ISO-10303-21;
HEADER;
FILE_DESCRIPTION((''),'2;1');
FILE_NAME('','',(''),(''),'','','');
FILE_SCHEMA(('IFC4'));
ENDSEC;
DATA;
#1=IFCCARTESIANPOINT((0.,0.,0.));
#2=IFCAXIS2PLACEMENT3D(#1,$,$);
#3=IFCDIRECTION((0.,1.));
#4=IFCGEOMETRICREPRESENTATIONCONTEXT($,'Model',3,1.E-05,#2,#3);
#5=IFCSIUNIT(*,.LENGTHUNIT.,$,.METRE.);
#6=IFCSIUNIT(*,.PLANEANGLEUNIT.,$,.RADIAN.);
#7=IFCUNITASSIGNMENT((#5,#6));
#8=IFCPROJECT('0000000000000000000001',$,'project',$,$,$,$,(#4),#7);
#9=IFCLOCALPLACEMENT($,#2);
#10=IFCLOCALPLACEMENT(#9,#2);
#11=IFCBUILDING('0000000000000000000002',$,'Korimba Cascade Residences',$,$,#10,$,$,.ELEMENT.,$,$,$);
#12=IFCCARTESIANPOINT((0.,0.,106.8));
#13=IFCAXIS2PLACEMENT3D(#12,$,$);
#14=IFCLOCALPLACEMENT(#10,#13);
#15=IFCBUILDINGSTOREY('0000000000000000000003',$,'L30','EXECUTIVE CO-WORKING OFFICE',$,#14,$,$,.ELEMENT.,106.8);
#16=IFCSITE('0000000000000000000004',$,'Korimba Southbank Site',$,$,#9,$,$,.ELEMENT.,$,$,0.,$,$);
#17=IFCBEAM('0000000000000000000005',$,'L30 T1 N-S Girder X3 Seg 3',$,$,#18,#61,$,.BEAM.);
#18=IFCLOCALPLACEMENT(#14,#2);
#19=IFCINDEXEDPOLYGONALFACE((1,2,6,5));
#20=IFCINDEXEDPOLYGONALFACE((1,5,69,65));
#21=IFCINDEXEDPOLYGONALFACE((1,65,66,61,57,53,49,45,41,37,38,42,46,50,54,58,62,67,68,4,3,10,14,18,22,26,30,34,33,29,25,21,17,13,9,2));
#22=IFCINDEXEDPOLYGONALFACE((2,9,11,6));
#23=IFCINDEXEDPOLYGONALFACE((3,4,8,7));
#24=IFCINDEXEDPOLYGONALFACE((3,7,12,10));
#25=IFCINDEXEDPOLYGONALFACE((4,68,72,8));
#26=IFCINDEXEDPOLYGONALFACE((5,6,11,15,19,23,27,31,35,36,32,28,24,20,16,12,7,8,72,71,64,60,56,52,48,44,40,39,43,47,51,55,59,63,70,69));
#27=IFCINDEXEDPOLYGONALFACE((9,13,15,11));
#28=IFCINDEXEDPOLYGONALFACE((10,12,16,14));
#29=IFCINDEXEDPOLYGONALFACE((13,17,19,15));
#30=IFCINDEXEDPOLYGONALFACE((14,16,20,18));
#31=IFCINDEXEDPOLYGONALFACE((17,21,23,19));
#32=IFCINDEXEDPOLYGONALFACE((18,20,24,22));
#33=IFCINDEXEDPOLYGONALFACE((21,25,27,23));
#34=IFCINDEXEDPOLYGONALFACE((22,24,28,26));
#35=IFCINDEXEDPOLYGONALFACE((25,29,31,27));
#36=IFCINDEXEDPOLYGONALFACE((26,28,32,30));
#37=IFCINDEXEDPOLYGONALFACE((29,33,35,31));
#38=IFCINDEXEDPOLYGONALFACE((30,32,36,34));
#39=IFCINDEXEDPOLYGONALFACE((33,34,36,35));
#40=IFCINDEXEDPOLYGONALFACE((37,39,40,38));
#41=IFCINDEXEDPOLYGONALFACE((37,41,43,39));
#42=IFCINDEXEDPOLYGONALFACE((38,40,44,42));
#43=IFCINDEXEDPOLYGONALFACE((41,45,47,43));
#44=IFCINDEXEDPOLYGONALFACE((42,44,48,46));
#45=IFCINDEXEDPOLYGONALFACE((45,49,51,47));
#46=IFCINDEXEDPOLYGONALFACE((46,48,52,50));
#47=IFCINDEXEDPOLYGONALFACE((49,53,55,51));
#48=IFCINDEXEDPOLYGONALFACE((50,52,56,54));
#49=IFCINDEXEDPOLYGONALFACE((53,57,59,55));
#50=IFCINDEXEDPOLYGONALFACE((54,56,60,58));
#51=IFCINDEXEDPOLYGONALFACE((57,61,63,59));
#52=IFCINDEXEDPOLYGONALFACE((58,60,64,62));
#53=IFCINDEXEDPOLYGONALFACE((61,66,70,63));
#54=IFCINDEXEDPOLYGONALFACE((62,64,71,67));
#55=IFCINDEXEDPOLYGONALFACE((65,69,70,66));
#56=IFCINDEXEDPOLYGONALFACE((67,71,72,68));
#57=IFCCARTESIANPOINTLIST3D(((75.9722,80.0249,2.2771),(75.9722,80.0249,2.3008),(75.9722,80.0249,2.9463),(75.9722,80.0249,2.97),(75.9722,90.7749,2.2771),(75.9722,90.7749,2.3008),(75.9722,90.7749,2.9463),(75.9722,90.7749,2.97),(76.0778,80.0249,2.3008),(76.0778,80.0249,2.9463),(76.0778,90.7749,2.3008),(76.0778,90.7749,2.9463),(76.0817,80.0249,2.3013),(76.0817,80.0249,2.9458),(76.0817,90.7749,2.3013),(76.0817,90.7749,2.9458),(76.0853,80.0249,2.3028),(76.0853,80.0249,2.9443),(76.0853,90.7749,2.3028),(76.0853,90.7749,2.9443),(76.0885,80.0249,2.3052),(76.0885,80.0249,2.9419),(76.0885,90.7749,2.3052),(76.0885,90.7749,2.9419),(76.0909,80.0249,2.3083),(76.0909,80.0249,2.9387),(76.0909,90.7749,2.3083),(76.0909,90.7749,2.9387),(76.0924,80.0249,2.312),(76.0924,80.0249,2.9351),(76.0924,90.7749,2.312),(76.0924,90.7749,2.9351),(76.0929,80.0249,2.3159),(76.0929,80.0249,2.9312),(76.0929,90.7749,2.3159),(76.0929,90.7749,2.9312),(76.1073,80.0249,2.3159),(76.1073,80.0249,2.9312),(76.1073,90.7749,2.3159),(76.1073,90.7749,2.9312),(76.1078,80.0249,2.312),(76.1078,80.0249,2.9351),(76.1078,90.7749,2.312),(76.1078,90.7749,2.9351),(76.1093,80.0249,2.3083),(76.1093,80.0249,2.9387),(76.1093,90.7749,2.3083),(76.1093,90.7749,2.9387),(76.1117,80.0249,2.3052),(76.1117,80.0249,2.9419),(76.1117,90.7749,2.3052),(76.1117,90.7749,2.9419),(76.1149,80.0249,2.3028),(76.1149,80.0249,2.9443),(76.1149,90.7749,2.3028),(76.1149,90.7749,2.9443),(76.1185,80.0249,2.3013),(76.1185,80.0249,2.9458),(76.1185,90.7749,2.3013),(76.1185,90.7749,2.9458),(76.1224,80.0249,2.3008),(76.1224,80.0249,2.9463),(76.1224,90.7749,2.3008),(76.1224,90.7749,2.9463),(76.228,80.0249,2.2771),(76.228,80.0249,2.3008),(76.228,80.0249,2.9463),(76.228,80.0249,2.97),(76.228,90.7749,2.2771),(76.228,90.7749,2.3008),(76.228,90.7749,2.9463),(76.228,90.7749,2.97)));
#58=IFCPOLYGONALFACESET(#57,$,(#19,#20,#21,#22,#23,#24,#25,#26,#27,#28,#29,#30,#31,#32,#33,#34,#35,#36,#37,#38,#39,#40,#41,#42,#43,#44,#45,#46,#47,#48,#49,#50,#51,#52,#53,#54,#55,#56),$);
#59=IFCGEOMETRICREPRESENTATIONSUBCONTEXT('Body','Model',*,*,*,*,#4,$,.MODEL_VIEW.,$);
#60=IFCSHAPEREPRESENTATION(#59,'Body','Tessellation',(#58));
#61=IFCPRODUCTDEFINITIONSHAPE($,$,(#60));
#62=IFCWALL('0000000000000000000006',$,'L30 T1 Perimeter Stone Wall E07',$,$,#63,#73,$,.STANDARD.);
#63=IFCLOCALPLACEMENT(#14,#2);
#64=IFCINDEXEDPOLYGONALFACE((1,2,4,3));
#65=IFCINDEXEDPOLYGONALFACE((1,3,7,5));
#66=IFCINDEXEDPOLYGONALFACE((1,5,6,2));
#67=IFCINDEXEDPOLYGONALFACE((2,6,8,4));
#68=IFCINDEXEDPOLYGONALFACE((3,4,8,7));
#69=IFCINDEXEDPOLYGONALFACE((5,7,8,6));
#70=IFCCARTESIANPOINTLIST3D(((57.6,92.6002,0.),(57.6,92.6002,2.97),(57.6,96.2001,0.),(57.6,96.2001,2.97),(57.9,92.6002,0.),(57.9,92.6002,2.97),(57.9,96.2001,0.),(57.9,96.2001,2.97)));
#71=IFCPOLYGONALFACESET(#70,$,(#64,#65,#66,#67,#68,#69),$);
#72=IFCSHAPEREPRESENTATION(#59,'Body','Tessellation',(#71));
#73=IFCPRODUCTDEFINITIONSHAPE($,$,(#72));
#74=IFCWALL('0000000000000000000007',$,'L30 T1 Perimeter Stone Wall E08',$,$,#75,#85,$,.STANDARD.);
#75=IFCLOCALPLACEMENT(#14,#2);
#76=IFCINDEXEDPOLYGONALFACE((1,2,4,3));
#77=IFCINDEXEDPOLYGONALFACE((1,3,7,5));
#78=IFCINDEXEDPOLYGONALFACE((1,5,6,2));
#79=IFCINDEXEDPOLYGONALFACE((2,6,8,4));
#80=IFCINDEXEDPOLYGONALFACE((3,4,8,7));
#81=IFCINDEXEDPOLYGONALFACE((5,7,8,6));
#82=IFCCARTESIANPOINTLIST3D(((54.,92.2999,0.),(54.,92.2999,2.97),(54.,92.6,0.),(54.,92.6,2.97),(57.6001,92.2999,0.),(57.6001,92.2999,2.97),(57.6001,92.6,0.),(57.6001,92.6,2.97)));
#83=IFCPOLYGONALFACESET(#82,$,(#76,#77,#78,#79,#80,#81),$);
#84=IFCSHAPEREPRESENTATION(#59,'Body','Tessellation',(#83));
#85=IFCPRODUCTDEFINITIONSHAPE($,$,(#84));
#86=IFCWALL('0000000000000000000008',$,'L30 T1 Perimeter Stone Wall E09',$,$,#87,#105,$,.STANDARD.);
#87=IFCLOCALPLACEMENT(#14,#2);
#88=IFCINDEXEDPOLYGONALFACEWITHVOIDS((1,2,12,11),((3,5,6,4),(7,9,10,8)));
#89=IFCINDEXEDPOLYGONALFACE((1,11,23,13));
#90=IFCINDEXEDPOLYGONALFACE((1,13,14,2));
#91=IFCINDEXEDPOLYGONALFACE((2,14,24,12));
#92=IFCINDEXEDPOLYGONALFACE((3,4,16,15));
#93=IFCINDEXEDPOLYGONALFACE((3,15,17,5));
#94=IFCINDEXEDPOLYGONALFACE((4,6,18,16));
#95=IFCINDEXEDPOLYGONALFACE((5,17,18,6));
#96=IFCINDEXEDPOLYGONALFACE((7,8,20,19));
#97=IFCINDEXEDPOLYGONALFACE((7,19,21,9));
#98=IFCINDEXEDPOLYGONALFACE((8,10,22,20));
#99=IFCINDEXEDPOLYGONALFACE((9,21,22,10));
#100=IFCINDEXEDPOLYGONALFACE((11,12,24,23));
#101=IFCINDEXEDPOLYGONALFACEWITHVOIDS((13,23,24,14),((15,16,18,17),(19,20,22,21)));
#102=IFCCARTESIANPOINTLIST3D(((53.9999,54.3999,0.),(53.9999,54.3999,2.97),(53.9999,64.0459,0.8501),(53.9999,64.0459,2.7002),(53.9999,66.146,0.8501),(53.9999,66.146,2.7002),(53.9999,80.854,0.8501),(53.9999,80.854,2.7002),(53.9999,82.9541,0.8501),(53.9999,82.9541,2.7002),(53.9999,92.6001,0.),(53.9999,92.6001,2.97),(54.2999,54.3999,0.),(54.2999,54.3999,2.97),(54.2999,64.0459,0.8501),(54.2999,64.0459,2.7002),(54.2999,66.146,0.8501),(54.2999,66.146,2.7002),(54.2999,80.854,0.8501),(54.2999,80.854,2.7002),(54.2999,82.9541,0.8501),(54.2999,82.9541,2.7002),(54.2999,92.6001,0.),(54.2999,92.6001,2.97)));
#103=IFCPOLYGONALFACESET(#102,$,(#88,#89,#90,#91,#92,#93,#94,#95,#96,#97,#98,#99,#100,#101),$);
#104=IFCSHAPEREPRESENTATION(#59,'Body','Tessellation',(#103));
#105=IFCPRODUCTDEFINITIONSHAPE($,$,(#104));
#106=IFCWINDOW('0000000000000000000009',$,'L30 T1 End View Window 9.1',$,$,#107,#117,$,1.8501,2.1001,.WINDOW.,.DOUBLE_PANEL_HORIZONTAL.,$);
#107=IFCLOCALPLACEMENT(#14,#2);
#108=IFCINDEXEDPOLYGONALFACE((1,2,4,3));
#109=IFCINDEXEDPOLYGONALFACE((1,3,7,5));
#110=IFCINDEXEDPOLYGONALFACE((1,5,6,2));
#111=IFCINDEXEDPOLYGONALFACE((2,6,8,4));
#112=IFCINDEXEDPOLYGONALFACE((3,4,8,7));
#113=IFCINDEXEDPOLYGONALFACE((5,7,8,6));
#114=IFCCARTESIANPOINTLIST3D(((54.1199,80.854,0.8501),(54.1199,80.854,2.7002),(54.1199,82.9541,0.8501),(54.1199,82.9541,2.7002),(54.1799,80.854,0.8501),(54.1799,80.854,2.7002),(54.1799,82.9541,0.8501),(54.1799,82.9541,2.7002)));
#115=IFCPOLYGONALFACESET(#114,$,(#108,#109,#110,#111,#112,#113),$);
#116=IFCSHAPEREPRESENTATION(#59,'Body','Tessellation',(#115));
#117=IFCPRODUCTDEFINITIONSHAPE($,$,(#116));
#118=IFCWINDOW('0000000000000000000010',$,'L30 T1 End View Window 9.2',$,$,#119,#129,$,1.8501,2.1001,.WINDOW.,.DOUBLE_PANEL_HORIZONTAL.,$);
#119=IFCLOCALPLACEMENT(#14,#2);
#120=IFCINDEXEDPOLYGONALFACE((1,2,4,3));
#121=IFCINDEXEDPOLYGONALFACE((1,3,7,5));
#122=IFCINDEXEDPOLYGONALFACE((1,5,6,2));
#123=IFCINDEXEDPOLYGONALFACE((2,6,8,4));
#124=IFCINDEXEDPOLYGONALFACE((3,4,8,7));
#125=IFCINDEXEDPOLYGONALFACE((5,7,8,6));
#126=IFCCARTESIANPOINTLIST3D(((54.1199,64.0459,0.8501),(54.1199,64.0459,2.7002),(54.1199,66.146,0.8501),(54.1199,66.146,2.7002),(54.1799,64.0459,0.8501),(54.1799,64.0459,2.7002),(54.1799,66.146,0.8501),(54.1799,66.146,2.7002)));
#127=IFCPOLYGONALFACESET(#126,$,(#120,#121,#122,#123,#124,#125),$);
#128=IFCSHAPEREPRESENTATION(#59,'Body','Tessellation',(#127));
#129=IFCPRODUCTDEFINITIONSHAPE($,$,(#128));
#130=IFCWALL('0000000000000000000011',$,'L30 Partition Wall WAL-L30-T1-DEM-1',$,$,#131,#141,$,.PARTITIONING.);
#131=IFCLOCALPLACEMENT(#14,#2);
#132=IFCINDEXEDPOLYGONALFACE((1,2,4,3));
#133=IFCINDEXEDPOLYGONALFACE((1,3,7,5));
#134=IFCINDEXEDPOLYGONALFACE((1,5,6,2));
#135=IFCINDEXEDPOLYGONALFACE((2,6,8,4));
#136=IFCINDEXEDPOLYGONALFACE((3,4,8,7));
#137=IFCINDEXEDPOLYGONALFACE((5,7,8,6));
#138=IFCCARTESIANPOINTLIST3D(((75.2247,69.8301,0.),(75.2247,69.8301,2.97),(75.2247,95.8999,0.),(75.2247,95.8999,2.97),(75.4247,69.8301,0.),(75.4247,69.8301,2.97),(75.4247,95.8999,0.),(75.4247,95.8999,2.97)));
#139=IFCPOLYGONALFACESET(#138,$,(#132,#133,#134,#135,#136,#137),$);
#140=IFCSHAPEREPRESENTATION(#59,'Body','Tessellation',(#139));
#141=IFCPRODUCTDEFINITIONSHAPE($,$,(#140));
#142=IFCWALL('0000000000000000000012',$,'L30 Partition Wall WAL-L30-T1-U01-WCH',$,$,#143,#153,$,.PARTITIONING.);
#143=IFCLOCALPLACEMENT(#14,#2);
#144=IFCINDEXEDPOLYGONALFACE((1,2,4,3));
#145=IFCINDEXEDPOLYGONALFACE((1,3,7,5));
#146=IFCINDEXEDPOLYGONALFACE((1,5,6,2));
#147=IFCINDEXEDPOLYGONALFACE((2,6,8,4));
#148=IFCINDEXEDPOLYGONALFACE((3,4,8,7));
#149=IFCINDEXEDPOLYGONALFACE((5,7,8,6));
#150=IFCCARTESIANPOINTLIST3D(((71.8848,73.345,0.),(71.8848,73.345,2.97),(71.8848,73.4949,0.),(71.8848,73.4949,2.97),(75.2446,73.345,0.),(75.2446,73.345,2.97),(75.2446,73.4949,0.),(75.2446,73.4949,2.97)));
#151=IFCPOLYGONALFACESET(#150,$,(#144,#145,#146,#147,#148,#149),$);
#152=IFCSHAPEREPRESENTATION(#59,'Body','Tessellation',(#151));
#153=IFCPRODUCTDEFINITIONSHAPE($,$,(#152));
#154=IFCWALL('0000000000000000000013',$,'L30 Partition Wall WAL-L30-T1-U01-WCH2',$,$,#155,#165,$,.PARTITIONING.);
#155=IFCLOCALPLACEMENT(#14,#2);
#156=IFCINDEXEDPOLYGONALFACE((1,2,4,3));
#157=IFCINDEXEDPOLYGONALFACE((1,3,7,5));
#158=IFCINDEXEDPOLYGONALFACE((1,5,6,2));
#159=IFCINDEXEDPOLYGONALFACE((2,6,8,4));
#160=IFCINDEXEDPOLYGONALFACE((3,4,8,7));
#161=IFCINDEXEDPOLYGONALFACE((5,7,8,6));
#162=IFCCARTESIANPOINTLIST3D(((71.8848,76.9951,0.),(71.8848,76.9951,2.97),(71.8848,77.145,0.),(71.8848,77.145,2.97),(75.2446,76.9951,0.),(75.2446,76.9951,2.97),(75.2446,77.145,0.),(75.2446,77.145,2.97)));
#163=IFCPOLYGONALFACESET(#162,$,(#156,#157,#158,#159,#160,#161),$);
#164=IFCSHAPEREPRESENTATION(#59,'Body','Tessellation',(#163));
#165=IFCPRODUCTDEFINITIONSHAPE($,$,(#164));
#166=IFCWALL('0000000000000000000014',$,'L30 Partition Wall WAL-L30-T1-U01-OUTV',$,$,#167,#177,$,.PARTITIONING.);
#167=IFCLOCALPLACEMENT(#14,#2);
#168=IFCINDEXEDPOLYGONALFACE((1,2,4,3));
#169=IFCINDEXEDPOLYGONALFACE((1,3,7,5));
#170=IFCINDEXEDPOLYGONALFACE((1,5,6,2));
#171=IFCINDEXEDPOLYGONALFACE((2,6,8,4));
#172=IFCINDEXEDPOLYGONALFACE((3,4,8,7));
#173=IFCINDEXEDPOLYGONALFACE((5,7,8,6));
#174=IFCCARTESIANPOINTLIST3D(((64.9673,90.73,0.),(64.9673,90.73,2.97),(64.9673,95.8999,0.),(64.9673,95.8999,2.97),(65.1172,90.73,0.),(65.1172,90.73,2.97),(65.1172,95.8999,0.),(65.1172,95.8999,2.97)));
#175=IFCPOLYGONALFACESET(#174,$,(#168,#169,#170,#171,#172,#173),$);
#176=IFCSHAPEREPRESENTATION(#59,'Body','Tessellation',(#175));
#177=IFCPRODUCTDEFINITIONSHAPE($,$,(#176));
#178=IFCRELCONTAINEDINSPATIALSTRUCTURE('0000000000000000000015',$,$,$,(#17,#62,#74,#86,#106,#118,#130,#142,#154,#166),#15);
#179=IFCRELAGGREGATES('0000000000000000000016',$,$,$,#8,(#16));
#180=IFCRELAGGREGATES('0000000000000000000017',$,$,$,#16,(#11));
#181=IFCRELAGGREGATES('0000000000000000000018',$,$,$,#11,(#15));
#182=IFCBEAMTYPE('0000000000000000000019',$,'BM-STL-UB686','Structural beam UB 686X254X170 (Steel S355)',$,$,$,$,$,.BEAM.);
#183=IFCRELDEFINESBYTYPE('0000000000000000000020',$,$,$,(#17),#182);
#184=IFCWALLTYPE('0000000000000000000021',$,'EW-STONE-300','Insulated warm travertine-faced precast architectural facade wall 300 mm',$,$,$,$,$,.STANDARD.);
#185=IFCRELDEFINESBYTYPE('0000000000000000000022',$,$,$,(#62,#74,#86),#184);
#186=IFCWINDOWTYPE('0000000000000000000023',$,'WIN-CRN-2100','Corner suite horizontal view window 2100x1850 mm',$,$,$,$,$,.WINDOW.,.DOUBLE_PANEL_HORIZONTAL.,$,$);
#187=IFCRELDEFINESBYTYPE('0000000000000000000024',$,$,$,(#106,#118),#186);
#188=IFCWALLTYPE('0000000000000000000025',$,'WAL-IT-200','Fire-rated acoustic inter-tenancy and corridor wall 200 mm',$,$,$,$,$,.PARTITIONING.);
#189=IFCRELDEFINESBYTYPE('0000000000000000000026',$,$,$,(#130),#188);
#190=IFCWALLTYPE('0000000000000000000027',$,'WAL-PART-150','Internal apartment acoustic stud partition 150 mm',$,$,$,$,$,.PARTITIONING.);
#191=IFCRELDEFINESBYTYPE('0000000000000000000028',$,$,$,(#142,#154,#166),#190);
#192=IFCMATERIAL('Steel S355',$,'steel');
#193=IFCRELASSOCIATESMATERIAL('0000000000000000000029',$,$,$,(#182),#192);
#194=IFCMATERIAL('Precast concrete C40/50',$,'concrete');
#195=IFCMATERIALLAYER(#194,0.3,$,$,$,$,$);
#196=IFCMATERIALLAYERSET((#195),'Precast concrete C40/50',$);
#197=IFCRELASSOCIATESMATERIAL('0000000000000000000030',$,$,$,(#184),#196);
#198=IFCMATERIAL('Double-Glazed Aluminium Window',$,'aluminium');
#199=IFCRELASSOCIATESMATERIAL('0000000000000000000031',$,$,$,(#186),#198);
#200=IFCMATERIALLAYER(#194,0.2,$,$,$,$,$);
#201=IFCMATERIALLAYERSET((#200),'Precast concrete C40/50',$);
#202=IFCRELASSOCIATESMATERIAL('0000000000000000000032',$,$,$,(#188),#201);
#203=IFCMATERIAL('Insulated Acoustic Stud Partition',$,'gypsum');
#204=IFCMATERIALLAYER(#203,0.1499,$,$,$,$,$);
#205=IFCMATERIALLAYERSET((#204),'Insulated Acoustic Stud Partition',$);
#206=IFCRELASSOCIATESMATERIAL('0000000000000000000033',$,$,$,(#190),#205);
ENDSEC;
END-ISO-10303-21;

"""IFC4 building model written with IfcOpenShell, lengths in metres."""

from ifc_helpers import new_model, si_unit, direction, frame, frame_2d, origin, origin_2d, place, context, subcontext, project, spatial, rectangle, i_section, extrude, material, layer, layer_set, material_profile, profile_set, type_object, element, fill, save


model = new_model("IFC4")

# Units and contexts
model_context = context("Model", 3, precision=1e-05, world=origin(), true_north=direction((0.0, 1.0)))
body_context = subcontext(model_context, "Body", "Model", "MODEL_VIEW")
ifc_project = project(units=[si_unit("LENGTHUNIT", "METRE"), si_unit("PLANEANGLEUNIT", "RADIAN")], contexts=[model_context])

# Site, building, storey
site_placement = place(None, origin())
site = spatial("IfcSite", under=ifc_project, at=site_placement, Name="Korimba Southbank Site", CompositionType="ELEMENT", RefElevation=0.0)
building_placement = place(site_placement, origin())
building = spatial("IfcBuilding", under=site, at=building_placement, Name="Korimba Cascade Residences", CompositionType="ELEMENT")
storey_placement = place(building_placement, frame((0.0, 0.0, 106.8)))
storey = spatial("IfcBuildingStorey", under=building, at=storey_placement, Name="L30", Description="EXECUTIVE CO-WORKING OFFICE", CompositionType="ELEMENT", Elevation=106.8)

# Beam
ifc_material_1 = material(Name="Steel S355", Category="steel")
ifc_material_profile_1 = material_profile(ifc_material_1, i_section(OverallWidth=0.2559, OverallDepth=0.6929, WebThickness=0.0144, FlangeThickness=0.0237, FilletRadius=0.0151, at=origin_2d()), Name="Steel S355")
ifc_profile_set_1 = profile_set([ifc_material_profile_1], Name="Steel S355")
beam_type_1 = type_object("IfcBeamType", Name="BM-STL-UB686", Description="Structural beam UB 686X254X170 (Steel S355)", PredefinedType="BEAM", material=ifc_profile_set_1)
for number, where, z_axis, x_axis, name in (
    (1, (76.1001, 80.0249, 2.6235), (0.0, 1.0, 0.0), (-1.0, 0.0, 0.0), "L30 T1 N-S Girder X3 Seg 3"),
):
    element("IfcBeam", number, at=place(storey_placement, frame(where, z_axis=z_axis, x_axis=x_axis)), inside=storey, type_object=beam_type_1, Name=name, PredefinedType="BEAM", context=body_context, shape_type="SweptSolid", body=[
        extrude(i_section(OverallWidth=0.2559, OverallDepth=0.6929, WebThickness=0.0144, FlangeThickness=0.0237, FilletRadius=0.0151, at=origin_2d()), origin(), (0.0, 0.0, 1.0), 10.75),
    ])

# Walls
ifc_material_2 = material(Name="Precast concrete C40/50", Category="concrete")
ifc_layer_1 = layer(ifc_material_2, 0.3)
ifc_layer_set_1 = layer_set([ifc_layer_1], Name="Precast concrete C40/50")
wall_type_1 = type_object("IfcWallType", Name="EW-STONE-300", Description="Insulated warm travertine-faced precast architectural facade wall 300 mm", PredefinedType="STANDARD", material=ifc_layer_set_1)
wall_1_placement = place(storey_placement, frame((57.75, 96.2, 0.0), z_axis=(0.0, 0.0, 1.0), x_axis=(0.0, -1.0, 0.0)))
element("IfcWall", 2, at=wall_1_placement, inside=storey, type_object=wall_type_1, Name="L30 T1 Perimeter Stone Wall E07", PredefinedType="STANDARD", context=body_context, shape_type="SweptSolid", body=[
    extrude(rectangle(XDim=3.5999, YDim=0.3, at=frame_2d((1.7998, 0.0))), origin(), (0.0, 0.0, 1.0), 2.97),
])
wall_2_placement = place(storey_placement, frame((57.6001, 92.45, 0.0), z_axis=(0.0, 0.0, 1.0), x_axis=(-1.0, 0.0, 0.0)))
element("IfcWall", 3, at=wall_2_placement, inside=storey, type_object=wall_type_1, Name="L30 T1 Perimeter Stone Wall E08", PredefinedType="STANDARD", context=body_context, shape_type="SweptSolid", body=[
    extrude(rectangle(XDim=3.6001, YDim=0.3, at=frame_2d((1.8, 0.0))), origin(), (0.0, 0.0, 1.0), 2.97),
])

# Wall, openings, windows
wall_3_placement = place(storey_placement, frame((54.1499, 92.6001, 0.0), z_axis=(0.0, 0.0, 1.0), x_axis=(0.0, -1.0, 0.0)))
wall_3 = element("IfcWall", 4, at=wall_3_placement, inside=storey, type_object=wall_type_1, Name="L30 T1 Perimeter Stone Wall E09", PredefinedType="STANDARD", context=body_context, shape_type="SweptSolid", body=[
    extrude(rectangle(XDim=38.2002, YDim=0.3, at=frame_2d((19.1001, 0.0))), origin(), (0.0, 0.0, 1.0), 2.97),
])
opening_1_placement = place(wall_3_placement, frame((9.646, 0.0, 0.8501)))
opening_1 = element("IfcOpeningElement", 5, at=opening_1_placement, cuts=wall_3, PredefinedType="OPENING", context=body_context, shape_type="SweptSolid", body=[
    extrude(rectangle(XDim=2.1001, YDim=1.8501, at=frame_2d((1.05, 0.925))), frame((0.0, 0.1602, 0.0), z_axis=(0.0, -1.0, 0.0), x_axis=(1.0, 0.0, 0.0)), (0.0, 0.0, 1.0), 0.3201),
])
opening_2_placement = place(wall_3_placement, frame((26.4541, 0.0, 0.8501)))
opening_2 = element("IfcOpeningElement", 6, at=opening_2_placement, cuts=wall_3, PredefinedType="OPENING", context=body_context, shape_type="SweptSolid", body=[
    extrude(rectangle(XDim=2.1001, YDim=1.8501, at=frame_2d((1.05, 0.925))), frame((0.0, 0.1602, 0.0), z_axis=(0.0, -1.0, 0.0), x_axis=(1.0, 0.0, 0.0)), (0.0, 0.0, 1.0), 0.3201),
])
ifc_material_3 = material(Name="Double-Glazed Aluminium Window", Category="aluminium")
window_type = type_object("IfcWindowType", Name="WIN-CRN-2100", Description="Corner suite horizontal view window 2100x1850 mm", PartitioningType="DOUBLE_PANEL_HORIZONTAL", PredefinedType="WINDOW", material=ifc_material_3)
window_1_placement = place(opening_1_placement, origin())
window_1 = element("IfcWindow", 7, at=window_1_placement, inside=storey, type_object=window_type, Name="L30 T1 End View Window 9.1", OverallHeight=1.8501, OverallWidth=2.1001, PartitioningType="DOUBLE_PANEL_HORIZONTAL", PredefinedType="WINDOW", context=body_context, shape_type="SweptSolid", body=[
    extrude(rectangle(XDim=2.1001, YDim=1.8501, at=frame_2d((1.05, 0.925))), frame((0.0, 0.03, 0.0), z_axis=(0.0, -1.0, 0.0), x_axis=(1.0, 0.0, 0.0)), (0.0, 0.0, 1.0), 0.0601),
])
fill(opening_1, window_1)
window_2_placement = place(opening_2_placement, origin())
window_2 = element("IfcWindow", 8, at=window_2_placement, inside=storey, type_object=window_type, Name="L30 T1 End View Window 9.2", OverallHeight=1.8501, OverallWidth=2.1001, PartitioningType="DOUBLE_PANEL_HORIZONTAL", PredefinedType="WINDOW", context=body_context, shape_type="SweptSolid", body=[
    extrude(rectangle(XDim=2.1001, YDim=1.8501, at=frame_2d((1.05, 0.925))), frame((0.0, 0.03, 0.0), z_axis=(0.0, -1.0, 0.0), x_axis=(1.0, 0.0, 0.0)), (0.0, 0.0, 1.0), 0.0601),
])
fill(opening_2, window_2)

# Walls
ifc_layer_2 = layer(ifc_material_2, 0.2)
ifc_layer_set_2 = layer_set([ifc_layer_2], Name="Precast concrete C40/50")
wall_type_2 = type_object("IfcWallType", Name="WAL-IT-200", Description="Fire-rated acoustic inter-tenancy and corridor wall 200 mm", PredefinedType="PARTITIONING", material=ifc_layer_set_2)
wall_4_placement = place(storey_placement, frame((75.3247, 69.8301, 0.0), z_axis=(0.0, 0.0, 1.0), x_axis=(0.0, 1.0, 0.0)))
element("IfcWall", 9, at=wall_4_placement, inside=storey, type_object=wall_type_2, Name="L30 Partition Wall WAL-L30-T1-DEM-1", PredefinedType="PARTITIONING", context=body_context, shape_type="SweptSolid", body=[
    extrude(rectangle(XDim=26.0698, YDim=0.2, at=frame_2d((13.0349, 0.0))), origin(), (0.0, 0.0, 1.0), 2.97),
])
ifc_material_4 = material(Name="Insulated Acoustic Stud Partition", Category="gypsum")
ifc_layer_3 = layer(ifc_material_4, 0.1499)
ifc_layer_set_3 = layer_set([ifc_layer_3], Name="Insulated Acoustic Stud Partition")
wall_type_3 = type_object("IfcWallType", Name="WAL-PART-150", Description="Internal apartment acoustic stud partition 150 mm", PredefinedType="PARTITIONING", material=ifc_layer_set_3)
for number, where, z_axis, x_axis, name in (
    (10, (71.8848, 73.4199, 0.0), (0.0, 0.0, 1.0), (1.0, 0.0, 0.0), "L30 Partition Wall WAL-L30-T1-U01-WCH"),
    (11, (71.8848, 77.0701, 0.0), (0.0, 0.0, 1.0), (1.0, 0.0, 0.0), "L30 Partition Wall WAL-L30-T1-U01-WCH2"),
):
    element("IfcWall", number, at=place(storey_placement, frame(where, z_axis=z_axis, x_axis=x_axis)), inside=storey, type_object=wall_type_3, Name=name, PredefinedType="PARTITIONING", context=body_context, shape_type="SweptSolid", body=[
        extrude(rectangle(XDim=3.3599, YDim=0.1499, at=frame_2d((1.6799, 0.0))), origin(), (0.0, 0.0, 1.0), 2.97),
    ])
wall_5_placement = place(storey_placement, frame((65.0422, 90.73, 0.0), z_axis=(0.0, 0.0, 1.0), x_axis=(0.0, 1.0, 0.0)))
element("IfcWall", 12, at=wall_5_placement, inside=storey, type_object=wall_type_3, Name="L30 Partition Wall WAL-L30-T1-U01-OUTV", PredefinedType="PARTITIONING", context=body_context, shape_type="SweptSolid", body=[
    extrude(rectangle(XDim=5.1699, YDim=0.1499, at=frame_2d((2.585, 0.0))), origin(), (0.0, 0.0, 1.0), 2.97),
])

save(model, "model.ifc")
